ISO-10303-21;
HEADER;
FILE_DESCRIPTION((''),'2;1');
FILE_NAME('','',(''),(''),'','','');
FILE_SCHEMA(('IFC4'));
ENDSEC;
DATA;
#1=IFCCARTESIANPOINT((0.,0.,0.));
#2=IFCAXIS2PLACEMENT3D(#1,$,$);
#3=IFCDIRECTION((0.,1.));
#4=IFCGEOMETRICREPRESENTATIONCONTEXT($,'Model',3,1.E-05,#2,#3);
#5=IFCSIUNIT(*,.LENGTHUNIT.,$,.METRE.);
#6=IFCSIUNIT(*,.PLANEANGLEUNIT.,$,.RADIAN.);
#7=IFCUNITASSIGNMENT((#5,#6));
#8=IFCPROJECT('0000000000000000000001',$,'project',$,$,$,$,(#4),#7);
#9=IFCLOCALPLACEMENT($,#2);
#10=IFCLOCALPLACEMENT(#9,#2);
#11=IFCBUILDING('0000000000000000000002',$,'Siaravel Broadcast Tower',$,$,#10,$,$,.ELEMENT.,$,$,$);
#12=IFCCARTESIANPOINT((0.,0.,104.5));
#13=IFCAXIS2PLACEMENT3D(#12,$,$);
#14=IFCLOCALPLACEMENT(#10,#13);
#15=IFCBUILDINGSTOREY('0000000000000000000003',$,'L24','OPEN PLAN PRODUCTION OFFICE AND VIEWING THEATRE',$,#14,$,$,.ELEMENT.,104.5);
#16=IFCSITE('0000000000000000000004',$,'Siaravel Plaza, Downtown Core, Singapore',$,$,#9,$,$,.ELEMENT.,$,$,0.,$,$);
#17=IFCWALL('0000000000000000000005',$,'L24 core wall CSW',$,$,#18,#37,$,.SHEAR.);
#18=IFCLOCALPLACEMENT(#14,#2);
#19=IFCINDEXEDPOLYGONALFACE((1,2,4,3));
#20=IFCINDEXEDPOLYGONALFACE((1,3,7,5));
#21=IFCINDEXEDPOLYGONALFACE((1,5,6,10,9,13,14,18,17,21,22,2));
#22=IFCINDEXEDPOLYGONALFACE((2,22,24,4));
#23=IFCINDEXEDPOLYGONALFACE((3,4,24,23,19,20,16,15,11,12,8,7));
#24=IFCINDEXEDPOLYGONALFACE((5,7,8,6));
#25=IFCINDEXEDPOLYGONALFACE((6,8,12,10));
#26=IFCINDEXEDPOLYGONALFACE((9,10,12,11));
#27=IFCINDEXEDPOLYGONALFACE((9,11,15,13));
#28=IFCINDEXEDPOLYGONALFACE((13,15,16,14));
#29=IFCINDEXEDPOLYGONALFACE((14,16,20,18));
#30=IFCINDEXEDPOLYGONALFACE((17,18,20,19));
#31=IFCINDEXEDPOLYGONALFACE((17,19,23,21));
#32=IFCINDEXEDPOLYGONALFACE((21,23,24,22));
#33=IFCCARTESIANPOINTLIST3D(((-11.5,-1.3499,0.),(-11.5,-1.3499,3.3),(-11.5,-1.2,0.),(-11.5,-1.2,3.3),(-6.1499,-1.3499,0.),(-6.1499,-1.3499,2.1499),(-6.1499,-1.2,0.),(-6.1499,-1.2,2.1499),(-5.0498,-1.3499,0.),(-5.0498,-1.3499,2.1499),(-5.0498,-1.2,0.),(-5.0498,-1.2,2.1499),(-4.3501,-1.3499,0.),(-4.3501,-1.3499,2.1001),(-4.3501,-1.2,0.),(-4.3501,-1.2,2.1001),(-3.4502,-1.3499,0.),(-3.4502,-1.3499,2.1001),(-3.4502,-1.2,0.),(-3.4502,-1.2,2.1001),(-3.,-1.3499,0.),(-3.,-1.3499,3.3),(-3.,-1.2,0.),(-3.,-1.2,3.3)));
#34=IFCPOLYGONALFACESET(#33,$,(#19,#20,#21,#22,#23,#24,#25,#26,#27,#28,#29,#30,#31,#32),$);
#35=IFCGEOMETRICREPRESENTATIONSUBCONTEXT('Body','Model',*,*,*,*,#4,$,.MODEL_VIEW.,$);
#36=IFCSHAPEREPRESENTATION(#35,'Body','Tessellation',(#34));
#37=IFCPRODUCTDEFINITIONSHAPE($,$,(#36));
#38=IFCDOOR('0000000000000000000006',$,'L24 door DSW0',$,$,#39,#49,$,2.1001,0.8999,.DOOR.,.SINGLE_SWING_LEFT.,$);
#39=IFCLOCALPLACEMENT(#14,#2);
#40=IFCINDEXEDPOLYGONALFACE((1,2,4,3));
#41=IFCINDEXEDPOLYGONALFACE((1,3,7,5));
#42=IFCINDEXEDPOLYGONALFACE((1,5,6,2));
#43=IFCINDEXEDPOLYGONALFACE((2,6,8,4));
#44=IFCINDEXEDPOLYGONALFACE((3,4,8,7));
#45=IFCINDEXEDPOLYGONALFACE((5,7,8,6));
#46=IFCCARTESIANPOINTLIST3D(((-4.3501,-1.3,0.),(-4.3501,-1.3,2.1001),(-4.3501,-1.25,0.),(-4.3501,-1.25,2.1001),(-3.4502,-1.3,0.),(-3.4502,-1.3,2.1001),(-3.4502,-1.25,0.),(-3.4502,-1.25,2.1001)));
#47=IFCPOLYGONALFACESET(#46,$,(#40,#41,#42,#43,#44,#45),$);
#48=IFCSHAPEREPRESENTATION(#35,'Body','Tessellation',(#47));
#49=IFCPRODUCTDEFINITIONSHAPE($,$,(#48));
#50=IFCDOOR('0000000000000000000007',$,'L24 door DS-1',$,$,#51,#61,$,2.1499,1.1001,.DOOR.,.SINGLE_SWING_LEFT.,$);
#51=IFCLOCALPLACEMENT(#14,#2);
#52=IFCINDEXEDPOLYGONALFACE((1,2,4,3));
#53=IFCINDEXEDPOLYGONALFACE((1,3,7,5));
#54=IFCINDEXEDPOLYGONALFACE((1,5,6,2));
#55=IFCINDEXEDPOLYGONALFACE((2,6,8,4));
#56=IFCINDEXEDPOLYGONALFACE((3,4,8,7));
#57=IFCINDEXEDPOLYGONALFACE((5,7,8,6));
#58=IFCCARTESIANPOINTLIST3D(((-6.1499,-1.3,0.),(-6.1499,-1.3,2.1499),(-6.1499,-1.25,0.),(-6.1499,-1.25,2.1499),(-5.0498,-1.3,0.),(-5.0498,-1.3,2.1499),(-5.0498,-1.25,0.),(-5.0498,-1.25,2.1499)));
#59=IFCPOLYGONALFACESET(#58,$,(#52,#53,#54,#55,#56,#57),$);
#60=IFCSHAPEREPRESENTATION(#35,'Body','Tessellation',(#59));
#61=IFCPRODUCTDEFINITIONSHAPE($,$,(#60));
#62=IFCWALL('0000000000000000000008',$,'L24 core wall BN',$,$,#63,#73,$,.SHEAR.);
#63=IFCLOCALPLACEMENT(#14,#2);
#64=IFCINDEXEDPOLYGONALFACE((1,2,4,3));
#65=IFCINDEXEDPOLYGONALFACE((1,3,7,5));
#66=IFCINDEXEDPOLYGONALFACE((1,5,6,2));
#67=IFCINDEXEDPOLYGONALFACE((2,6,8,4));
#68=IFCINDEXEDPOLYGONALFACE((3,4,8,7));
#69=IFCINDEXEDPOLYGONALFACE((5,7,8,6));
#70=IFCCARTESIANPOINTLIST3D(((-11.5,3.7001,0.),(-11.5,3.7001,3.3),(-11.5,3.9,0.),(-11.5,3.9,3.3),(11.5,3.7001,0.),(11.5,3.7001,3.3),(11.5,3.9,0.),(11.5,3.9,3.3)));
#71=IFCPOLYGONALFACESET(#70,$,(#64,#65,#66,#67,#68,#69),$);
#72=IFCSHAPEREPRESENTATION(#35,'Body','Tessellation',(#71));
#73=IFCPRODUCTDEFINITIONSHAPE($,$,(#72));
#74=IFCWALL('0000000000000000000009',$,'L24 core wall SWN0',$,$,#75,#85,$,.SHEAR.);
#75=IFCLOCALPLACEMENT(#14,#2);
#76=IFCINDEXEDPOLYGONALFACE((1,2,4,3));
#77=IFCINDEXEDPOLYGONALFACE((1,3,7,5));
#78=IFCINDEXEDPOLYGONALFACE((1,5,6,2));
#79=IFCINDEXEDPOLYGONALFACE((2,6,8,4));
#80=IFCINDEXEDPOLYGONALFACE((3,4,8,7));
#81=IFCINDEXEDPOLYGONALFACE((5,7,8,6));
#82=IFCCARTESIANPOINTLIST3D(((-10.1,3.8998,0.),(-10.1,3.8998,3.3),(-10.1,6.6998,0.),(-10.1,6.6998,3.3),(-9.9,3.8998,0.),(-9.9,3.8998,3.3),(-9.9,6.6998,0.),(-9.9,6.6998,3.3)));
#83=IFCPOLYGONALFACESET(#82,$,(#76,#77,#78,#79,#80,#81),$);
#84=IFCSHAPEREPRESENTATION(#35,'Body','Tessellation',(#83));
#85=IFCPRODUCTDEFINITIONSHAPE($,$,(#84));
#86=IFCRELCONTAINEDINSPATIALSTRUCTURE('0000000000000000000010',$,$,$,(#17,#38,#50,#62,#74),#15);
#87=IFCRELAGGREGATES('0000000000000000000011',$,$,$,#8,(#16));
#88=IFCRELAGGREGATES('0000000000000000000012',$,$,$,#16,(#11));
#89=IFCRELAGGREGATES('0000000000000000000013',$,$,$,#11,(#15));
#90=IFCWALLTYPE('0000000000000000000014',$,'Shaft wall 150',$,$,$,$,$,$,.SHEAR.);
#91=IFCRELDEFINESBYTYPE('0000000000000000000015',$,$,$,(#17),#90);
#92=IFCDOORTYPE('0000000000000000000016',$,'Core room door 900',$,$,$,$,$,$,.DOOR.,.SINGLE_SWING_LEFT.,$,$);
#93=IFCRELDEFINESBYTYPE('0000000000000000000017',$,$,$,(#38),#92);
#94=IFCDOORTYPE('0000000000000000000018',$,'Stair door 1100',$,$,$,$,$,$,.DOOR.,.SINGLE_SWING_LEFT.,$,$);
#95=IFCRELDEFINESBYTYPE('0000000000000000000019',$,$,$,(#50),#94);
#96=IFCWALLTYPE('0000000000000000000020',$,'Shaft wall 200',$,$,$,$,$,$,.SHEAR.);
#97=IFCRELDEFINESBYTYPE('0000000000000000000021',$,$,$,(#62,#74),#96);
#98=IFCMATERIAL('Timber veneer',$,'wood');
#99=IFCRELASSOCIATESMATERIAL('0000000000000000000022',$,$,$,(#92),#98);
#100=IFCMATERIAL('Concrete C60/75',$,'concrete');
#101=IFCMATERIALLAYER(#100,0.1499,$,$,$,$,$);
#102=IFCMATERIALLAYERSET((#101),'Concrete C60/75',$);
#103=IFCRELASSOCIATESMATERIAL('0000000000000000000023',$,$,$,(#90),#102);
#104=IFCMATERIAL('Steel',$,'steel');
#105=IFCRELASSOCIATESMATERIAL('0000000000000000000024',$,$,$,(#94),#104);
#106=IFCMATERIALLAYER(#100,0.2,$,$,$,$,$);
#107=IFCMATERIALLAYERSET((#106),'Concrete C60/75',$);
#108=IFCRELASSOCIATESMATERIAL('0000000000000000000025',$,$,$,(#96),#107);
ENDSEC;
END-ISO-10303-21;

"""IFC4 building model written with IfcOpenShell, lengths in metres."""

from ifc_helpers import new_model, si_unit, direction, frame, frame_2d, origin, place, context, subcontext, project, spatial, rectangle, extrude, material, layer, layer_set, type_object, element, fill, save


model = new_model("IFC4")

# Units and contexts
model_context = context("Model", 3, precision=1e-05, world=origin(), true_north=direction((0.0, 1.0)))
body_context = subcontext(model_context, "Body", "Model", "MODEL_VIEW")
ifc_project = project(units=[si_unit("LENGTHUNIT", "METRE"), si_unit("PLANEANGLEUNIT", "RADIAN")], contexts=[model_context])

# Site, building, storey
site_placement = place(None, origin())
site = spatial("IfcSite", under=ifc_project, at=site_placement, Name="Siaravel Plaza, Downtown Core, Singapore", CompositionType="ELEMENT", RefElevation=0.0)
building_placement = place(site_placement, origin())
building = spatial("IfcBuilding", under=site, at=building_placement, Name="Siaravel Broadcast Tower", CompositionType="ELEMENT")
storey_placement = place(building_placement, frame((0.0, 0.0, 104.5)))
storey = spatial("IfcBuildingStorey", under=building, at=storey_placement, Name="L24", Description="OPEN PLAN PRODUCTION OFFICE AND VIEWING THEATRE", CompositionType="ELEMENT", Elevation=104.5)

# Shared definitions
ifc_material_1 = material(Name="Concrete C60/75", Category="concrete")
ifc_material_2 = material(Name="Timber veneer", Category="wood")
door_type_1 = type_object("IfcDoorType", Name="Core room door 900", OperationType="SINGLE_SWING_LEFT", PredefinedType="DOOR", material=ifc_material_2)
ifc_material_3 = material(Name="Steel", Category="steel")

# Wall, openings, doors
ifc_layer_1 = layer(ifc_material_1, 0.1499)
ifc_layer_set_1 = layer_set([ifc_layer_1], Name="Concrete C60/75")
wall_type_1 = type_object("IfcWallType", Name="Shaft wall 150", PredefinedType="SHEAR", material=ifc_layer_set_1)
wall_1_placement = place(storey_placement, frame((-11.5, -1.2749, 0.0), z_axis=(0.0, 0.0, 1.0), x_axis=(1.0, 0.0, 0.0)))
wall_1 = element("IfcWall", 1, at=wall_1_placement, inside=storey, type_object=wall_type_1, Name="L24 core wall CSW", PredefinedType="SHEAR", context=body_context, shape_type="SweptSolid", body=[
    extrude(rectangle(XDim=8.5, YDim=0.1499, at=frame_2d((4.25, 0.0))), origin(), (0.0, 0.0, 1.0), 3.3),
])
opening_1_placement = place(wall_1_placement, frame((5.3501, 0.0, 0.0)))
opening_1 = element("IfcOpeningElement", 2, at=opening_1_placement, cuts=wall_1, PredefinedType="OPENING", context=body_context, shape_type="SweptSolid", body=[
    extrude(rectangle(XDim=1.1001, YDim=2.1499, at=frame_2d((0.55, 1.075))), frame((0.0, 0.085, 0.0), z_axis=(0.0, -1.0, 0.0), x_axis=(1.0, 0.0, 0.0)), (0.0, 0.0, 1.0), 0.1699),
])
opening_2_placement = place(wall_1_placement, frame((7.1499, 0.0, 0.0)))
opening_2 = element("IfcOpeningElement", 3, at=opening_2_placement, cuts=wall_1, PredefinedType="OPENING", context=body_context, shape_type="SweptSolid", body=[
    extrude(rectangle(XDim=0.8999, YDim=2.1001, at=frame_2d((0.45, 1.05))), frame((0.0, 0.085, 0.0), z_axis=(0.0, -1.0, 0.0), x_axis=(1.0, 0.0, 0.0)), (0.0, 0.0, 1.0), 0.1699),
])
door_1_placement = place(opening_2_placement, origin())
door_1 = element("IfcDoor", 4, at=door_1_placement, inside=storey, type_object=door_type_1, Name="L24 door DSW0", OperationType="SINGLE_SWING_LEFT", OverallHeight=2.1001, OverallWidth=0.8999, PredefinedType="DOOR", context=body_context, shape_type="SweptSolid", body=[
    extrude(rectangle(XDim=0.8999, YDim=2.1001, at=frame_2d((0.45, 1.05))), frame((0.0, 0.0249, 0.0), z_axis=(0.0, -1.0, 0.0), x_axis=(1.0, 0.0, 0.0)), (0.0, 0.0, 1.0), 0.05),
])
fill(opening_2, door_1)
door_type_2 = type_object("IfcDoorType", Name="Stair door 1100", OperationType="SINGLE_SWING_LEFT", PredefinedType="DOOR", material=ifc_material_3)
door_2_placement = place(opening_1_placement, origin())
door_2 = element("IfcDoor", 5, at=door_2_placement, inside=storey, type_object=door_type_2, Name="L24 door DS-1", OperationType="SINGLE_SWING_LEFT", OverallHeight=2.1499, OverallWidth=1.1001, PredefinedType="DOOR", context=body_context, shape_type="SweptSolid", body=[
    extrude(rectangle(XDim=1.1001, YDim=2.1499, at=frame_2d((0.55, 1.075))), frame((0.0, 0.0249, 0.0), z_axis=(0.0, -1.0, 0.0), x_axis=(1.0, 0.0, 0.0)), (0.0, 0.0, 1.0), 0.05),
])
fill(opening_1, door_2)

# Walls
ifc_layer_2 = layer(ifc_material_1, 0.2)
ifc_layer_set_2 = layer_set([ifc_layer_2], Name="Concrete C60/75")
wall_type_2 = type_object("IfcWallType", Name="Shaft wall 200", PredefinedType="SHEAR", material=ifc_layer_set_2)
wall_2_placement = place(storey_placement, frame((-11.5, 3.8, 0.0), z_axis=(0.0, 0.0, 1.0), x_axis=(1.0, 0.0, 0.0)))
element("IfcWall", 6, at=wall_2_placement, inside=storey, type_object=wall_type_2, Name="L24 core wall BN", PredefinedType="SHEAR", context=body_context, shape_type="SweptSolid", body=[
    extrude(rectangle(XDim=23.0, YDim=0.2, at=frame_2d((11.5, 0.0))), origin(), (0.0, 0.0, 1.0), 3.3),
])
wall_3_placement = place(storey_placement, frame((-10.0, 3.8999, 0.0), z_axis=(0.0, 0.0, 1.0), x_axis=(0.0, 1.0, 0.0)))
element("IfcWall", 7, at=wall_3_placement, inside=storey, type_object=wall_type_2, Name="L24 core wall SWN0", PredefinedType="SHEAR", context=body_context, shape_type="SweptSolid", body=[
    extrude(rectangle(XDim=2.8, YDim=0.2, at=frame_2d((1.3999, 0.0))), origin(), (0.0, 0.0, 1.0), 3.3),
])

save(model, "model.ifc")
